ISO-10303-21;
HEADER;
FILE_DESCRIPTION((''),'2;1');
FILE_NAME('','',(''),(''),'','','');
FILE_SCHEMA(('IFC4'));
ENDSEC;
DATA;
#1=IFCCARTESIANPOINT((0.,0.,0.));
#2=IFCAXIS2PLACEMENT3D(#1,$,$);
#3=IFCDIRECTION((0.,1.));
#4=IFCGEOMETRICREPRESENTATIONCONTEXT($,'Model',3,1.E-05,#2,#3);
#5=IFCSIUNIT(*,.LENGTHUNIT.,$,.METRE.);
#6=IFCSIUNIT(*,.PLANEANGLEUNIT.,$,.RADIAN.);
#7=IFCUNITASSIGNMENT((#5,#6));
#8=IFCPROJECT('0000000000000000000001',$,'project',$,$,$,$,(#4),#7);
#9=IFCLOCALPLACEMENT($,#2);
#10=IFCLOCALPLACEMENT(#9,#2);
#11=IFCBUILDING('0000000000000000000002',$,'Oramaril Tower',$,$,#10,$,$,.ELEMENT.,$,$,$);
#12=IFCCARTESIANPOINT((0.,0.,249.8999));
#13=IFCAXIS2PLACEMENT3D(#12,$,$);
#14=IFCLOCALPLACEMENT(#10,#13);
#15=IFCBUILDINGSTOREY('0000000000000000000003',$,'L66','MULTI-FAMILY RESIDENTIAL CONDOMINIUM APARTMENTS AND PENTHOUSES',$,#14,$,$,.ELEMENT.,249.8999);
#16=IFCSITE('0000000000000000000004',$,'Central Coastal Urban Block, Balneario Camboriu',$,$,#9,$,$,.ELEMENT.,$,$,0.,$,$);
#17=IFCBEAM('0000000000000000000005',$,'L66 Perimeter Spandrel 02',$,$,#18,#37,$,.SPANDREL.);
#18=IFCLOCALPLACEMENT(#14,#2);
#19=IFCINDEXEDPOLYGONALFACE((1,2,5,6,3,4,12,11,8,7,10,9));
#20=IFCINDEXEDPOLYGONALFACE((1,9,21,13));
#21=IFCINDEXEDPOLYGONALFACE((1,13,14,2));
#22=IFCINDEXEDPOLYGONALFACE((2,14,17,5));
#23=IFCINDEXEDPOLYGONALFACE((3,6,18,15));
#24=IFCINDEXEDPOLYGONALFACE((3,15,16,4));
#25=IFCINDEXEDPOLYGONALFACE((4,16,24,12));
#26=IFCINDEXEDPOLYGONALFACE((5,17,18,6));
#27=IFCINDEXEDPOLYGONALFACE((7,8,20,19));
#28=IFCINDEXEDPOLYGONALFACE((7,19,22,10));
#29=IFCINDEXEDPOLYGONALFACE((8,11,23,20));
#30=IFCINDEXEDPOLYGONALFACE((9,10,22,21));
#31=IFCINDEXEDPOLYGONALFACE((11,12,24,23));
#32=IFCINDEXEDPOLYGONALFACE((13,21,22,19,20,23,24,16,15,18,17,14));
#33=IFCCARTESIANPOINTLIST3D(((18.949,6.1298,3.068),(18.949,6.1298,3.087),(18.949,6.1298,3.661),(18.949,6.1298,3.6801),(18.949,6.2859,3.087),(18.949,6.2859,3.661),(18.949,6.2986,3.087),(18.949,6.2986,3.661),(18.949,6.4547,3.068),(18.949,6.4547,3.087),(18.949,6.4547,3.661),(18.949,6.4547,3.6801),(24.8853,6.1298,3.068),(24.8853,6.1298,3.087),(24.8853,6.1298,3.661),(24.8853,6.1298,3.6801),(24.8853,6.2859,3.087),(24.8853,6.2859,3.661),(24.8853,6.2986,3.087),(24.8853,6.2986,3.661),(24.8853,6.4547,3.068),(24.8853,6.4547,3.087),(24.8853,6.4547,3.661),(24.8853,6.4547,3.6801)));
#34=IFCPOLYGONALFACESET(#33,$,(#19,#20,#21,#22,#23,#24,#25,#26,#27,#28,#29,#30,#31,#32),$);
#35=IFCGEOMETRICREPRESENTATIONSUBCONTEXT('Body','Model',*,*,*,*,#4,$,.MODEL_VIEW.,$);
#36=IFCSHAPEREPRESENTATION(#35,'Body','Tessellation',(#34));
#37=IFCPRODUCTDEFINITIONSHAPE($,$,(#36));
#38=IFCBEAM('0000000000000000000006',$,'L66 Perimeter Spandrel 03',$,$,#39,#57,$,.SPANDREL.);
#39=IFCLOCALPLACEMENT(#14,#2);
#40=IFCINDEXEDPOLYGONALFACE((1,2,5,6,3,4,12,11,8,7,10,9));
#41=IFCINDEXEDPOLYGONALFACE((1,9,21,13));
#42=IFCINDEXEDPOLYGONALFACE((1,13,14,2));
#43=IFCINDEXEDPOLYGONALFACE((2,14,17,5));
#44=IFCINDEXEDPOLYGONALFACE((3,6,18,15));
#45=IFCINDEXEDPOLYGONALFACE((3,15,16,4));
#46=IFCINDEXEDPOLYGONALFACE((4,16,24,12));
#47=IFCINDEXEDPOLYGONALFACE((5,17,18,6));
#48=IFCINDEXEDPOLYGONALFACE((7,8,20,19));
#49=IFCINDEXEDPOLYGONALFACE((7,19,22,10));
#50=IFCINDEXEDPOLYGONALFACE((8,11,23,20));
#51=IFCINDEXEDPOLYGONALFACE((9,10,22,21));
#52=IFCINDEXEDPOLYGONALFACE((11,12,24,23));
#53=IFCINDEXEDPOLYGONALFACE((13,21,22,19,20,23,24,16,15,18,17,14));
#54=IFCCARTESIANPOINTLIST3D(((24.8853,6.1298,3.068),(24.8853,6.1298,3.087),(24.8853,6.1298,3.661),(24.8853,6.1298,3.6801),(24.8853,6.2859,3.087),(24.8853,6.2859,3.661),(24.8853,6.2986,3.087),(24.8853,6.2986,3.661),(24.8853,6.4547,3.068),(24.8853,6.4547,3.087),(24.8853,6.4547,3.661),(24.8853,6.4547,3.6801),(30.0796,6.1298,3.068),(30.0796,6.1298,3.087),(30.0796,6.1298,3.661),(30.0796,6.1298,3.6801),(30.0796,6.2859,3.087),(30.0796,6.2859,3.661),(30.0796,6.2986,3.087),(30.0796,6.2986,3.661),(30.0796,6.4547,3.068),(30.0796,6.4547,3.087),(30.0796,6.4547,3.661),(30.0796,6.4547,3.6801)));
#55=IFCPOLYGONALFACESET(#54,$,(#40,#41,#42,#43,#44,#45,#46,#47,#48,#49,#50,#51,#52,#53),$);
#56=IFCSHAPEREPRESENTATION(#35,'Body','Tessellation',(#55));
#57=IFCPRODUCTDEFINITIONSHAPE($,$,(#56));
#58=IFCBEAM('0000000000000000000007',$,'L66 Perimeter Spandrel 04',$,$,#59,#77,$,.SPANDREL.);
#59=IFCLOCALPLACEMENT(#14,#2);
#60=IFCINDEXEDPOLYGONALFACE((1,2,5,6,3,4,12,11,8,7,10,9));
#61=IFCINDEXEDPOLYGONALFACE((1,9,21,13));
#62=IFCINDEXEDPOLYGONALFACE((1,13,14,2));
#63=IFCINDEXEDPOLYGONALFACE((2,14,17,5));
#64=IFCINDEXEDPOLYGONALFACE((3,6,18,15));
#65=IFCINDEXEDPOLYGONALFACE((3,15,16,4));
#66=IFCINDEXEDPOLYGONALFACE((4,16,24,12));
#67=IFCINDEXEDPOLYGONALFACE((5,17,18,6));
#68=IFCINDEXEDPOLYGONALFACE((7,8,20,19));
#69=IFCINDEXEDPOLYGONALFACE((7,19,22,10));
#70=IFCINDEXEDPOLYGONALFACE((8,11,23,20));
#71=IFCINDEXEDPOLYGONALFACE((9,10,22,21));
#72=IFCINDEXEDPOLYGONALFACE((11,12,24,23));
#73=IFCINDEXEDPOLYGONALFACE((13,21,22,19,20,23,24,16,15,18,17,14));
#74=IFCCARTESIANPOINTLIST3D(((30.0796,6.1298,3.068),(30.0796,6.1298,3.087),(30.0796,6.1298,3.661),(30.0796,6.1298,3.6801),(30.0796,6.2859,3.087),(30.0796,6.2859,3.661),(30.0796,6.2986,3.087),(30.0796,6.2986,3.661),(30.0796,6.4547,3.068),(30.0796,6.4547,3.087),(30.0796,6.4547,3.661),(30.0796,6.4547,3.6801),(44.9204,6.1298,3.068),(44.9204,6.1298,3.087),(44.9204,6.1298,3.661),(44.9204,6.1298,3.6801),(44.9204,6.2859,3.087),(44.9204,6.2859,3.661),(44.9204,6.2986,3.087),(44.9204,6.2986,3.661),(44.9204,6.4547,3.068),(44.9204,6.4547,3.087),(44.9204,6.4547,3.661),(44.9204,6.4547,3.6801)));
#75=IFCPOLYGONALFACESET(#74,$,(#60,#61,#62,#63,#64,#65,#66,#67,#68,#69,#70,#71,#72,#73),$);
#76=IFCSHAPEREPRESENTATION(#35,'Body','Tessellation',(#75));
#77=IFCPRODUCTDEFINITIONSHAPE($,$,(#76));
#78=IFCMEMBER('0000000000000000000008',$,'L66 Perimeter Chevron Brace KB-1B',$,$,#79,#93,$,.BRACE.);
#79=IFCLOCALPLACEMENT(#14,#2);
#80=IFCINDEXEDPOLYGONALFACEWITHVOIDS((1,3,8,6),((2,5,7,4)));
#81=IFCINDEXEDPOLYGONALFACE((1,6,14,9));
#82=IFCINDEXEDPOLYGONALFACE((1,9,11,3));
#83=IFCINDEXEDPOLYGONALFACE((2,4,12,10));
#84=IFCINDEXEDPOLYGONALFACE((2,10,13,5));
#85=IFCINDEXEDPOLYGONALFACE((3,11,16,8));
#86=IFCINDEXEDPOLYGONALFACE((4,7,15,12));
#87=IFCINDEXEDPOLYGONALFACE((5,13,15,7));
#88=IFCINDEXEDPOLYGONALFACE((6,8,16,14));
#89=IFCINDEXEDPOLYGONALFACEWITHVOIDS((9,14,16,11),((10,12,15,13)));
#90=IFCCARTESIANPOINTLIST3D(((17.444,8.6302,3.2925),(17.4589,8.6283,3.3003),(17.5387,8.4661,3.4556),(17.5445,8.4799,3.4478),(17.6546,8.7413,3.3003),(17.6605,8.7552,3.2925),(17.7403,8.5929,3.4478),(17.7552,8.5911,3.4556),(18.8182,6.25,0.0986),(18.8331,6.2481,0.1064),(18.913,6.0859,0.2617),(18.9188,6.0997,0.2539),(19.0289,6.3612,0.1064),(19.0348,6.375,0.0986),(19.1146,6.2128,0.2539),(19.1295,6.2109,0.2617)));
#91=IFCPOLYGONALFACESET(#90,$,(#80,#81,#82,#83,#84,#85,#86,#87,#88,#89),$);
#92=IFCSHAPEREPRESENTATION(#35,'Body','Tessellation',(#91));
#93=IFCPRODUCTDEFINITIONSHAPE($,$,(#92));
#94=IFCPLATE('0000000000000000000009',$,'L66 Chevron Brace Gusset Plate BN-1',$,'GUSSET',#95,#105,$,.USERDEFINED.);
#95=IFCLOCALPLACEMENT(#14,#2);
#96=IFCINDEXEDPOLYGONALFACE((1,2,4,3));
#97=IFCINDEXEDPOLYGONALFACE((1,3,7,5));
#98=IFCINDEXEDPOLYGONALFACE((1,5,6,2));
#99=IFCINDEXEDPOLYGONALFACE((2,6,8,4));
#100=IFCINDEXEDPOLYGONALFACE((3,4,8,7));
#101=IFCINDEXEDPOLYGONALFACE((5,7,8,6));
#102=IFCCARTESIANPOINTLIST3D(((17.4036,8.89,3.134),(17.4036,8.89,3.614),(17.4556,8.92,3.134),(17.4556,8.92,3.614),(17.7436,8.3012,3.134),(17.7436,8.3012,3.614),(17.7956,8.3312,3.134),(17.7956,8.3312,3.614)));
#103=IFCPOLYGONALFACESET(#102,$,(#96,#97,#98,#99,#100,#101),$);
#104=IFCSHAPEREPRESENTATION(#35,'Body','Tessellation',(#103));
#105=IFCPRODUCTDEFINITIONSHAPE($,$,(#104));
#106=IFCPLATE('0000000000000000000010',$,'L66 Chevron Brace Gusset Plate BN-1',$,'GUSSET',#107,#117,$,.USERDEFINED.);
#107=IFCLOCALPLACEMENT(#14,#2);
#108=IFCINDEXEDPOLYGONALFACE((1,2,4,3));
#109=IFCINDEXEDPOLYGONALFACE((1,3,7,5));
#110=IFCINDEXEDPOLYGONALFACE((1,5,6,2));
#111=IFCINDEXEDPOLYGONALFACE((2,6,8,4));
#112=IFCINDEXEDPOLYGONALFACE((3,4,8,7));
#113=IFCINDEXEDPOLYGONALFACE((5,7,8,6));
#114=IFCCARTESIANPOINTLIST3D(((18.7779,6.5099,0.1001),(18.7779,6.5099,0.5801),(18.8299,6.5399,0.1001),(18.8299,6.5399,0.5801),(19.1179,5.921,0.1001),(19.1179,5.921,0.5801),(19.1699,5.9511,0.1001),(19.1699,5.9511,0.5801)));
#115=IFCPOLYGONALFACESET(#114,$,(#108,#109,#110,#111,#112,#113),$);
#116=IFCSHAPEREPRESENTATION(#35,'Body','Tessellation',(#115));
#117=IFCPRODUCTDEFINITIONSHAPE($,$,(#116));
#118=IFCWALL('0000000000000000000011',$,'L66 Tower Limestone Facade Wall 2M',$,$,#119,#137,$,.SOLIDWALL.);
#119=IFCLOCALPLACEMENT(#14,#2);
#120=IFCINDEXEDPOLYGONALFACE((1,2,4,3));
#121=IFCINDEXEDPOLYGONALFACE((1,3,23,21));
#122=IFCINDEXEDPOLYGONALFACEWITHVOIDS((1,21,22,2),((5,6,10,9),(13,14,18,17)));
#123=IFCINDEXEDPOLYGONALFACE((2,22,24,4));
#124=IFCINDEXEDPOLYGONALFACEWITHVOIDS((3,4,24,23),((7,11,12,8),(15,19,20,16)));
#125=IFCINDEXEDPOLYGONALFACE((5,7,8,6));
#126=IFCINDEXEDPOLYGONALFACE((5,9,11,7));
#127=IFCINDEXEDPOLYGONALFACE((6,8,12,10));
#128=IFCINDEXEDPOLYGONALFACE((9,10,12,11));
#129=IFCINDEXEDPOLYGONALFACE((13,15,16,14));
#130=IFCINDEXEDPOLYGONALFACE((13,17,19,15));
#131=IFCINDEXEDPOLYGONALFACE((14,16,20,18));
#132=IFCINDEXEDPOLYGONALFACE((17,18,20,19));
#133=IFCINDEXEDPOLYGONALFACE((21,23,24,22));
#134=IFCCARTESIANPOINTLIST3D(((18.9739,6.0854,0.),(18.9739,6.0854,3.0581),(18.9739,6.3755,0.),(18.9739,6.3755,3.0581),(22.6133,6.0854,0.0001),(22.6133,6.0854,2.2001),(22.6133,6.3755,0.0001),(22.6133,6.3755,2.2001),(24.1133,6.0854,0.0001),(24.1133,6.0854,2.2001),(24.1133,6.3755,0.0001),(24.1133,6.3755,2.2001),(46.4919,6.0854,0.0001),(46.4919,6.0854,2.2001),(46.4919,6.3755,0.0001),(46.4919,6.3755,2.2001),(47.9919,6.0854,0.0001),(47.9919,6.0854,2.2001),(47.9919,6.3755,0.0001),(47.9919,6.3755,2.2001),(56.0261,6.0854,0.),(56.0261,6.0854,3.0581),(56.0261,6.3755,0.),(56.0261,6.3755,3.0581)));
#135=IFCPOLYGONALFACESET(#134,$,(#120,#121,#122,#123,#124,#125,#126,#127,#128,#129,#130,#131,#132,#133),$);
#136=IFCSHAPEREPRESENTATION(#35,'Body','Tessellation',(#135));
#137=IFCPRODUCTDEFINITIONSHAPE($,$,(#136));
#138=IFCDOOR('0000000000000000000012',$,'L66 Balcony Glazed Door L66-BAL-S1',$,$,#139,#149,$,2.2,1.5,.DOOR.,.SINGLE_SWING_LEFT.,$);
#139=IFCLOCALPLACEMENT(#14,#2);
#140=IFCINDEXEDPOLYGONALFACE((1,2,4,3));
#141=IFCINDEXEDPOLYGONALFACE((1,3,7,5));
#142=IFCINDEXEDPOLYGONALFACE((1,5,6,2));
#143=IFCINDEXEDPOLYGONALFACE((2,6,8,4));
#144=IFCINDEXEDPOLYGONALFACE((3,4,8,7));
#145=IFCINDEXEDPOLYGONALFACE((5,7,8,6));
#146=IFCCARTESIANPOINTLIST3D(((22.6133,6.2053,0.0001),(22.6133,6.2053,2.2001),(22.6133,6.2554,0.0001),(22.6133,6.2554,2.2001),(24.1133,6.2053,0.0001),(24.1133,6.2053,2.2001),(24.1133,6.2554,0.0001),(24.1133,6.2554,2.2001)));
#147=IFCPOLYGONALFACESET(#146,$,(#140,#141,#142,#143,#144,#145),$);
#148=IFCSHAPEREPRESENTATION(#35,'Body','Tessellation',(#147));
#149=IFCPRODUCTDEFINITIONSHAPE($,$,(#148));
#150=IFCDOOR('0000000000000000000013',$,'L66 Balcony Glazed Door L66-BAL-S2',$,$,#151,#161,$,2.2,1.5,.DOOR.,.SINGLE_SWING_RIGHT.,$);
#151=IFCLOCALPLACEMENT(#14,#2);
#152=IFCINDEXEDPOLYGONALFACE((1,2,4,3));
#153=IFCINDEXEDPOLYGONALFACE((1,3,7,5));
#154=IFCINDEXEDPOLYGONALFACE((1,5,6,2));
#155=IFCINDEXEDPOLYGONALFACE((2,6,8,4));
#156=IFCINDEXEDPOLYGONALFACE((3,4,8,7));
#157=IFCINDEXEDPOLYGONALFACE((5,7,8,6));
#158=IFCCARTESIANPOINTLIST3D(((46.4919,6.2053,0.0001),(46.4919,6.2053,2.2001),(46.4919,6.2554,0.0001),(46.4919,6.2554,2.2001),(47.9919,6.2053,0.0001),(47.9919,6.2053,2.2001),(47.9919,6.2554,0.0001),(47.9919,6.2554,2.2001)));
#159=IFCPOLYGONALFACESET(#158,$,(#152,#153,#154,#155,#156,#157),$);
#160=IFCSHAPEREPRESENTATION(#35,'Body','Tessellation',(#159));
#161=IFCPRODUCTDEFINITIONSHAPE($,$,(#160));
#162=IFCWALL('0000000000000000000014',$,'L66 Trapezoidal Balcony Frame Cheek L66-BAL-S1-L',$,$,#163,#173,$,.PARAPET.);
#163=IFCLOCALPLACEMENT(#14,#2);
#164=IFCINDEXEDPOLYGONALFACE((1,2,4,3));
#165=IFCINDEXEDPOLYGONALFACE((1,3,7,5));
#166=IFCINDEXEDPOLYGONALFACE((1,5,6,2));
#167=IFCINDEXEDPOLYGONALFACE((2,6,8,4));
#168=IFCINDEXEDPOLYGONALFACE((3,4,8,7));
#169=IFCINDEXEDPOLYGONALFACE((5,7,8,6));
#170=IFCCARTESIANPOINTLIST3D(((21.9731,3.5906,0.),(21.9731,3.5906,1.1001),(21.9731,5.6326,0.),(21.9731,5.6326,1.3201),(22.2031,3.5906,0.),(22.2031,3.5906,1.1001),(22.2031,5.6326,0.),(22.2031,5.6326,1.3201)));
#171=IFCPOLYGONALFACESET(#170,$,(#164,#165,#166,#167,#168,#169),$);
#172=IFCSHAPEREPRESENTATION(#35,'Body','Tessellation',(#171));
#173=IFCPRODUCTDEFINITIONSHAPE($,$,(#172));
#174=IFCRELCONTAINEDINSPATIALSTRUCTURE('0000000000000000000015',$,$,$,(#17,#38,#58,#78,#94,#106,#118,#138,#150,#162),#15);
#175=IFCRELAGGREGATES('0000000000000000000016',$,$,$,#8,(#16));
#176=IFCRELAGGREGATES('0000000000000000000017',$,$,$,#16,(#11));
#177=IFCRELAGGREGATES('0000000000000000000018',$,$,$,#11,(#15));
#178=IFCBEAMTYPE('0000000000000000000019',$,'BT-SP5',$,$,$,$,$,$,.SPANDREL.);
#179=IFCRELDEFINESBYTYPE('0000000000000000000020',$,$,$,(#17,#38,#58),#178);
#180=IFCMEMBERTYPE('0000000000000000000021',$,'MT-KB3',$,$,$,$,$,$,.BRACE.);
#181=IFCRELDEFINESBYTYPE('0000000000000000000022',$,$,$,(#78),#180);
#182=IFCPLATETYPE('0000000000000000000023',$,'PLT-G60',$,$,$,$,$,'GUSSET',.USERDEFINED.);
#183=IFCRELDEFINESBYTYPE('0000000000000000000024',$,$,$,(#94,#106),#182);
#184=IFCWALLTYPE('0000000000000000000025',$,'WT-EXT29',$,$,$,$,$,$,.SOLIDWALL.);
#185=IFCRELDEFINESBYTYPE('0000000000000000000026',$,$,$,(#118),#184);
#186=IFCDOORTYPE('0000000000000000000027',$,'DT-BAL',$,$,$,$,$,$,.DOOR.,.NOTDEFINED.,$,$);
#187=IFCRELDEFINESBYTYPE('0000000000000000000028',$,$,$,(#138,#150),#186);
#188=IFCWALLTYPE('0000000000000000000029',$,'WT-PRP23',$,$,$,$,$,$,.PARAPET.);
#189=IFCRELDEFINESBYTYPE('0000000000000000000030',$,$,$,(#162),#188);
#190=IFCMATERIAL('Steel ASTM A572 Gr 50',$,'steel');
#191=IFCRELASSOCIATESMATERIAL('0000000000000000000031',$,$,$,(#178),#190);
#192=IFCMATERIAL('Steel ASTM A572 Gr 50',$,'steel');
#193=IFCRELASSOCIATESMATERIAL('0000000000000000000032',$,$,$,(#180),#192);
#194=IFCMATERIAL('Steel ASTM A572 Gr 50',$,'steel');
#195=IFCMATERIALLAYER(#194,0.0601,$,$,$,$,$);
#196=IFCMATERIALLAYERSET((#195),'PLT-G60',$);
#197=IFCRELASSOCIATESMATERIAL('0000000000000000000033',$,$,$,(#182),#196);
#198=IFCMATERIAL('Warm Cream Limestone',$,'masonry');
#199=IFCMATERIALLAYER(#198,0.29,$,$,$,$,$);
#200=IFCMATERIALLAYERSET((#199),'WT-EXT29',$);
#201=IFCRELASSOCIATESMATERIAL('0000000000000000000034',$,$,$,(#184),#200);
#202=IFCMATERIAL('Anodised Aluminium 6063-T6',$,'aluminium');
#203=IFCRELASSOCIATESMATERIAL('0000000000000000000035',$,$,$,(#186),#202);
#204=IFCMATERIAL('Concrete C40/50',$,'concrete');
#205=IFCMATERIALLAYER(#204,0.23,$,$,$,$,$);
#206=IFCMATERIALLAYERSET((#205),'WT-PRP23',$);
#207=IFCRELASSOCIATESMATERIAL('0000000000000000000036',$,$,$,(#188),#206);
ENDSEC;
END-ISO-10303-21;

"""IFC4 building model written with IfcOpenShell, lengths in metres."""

from ifc_helpers import new_model, si_unit, direction, frame, frame_2d, origin, origin_2d, place, context, subcontext, project, spatial, polyline, rectangle, hollow_rectangle, i_section, outline, extrude, material, layer, layer_set, material_profile, profile_set, type_object, element, fill, save


model = new_model("IFC4")

# Units and contexts
model_context = context("Model", 3, precision=1e-05, world=origin(), true_north=direction((0.0, 1.0)))
body_context = subcontext(model_context, "Body", "Model", "MODEL_VIEW")
ifc_project = project(units=[si_unit("LENGTHUNIT", "METRE"), si_unit("PLANEANGLEUNIT", "RADIAN")], contexts=[model_context])

# Site, building, storey
site_placement = place(None, origin())
site = spatial("IfcSite", under=ifc_project, at=site_placement, Name="Central Coastal Urban Block, Balneario Camboriu", CompositionType="ELEMENT", RefElevation=0.0)
building_placement = place(site_placement, origin())
building = spatial("IfcBuilding", under=site, at=building_placement, Name="Oramaril Tower", CompositionType="ELEMENT")
storey_placement = place(building_placement, frame((0.0, 0.0, 249.8999)))
storey = spatial("IfcBuildingStorey", under=building, at=storey_placement, Name="L66", Description="MULTI-FAMILY RESIDENTIAL CONDOMINIUM APARTMENTS AND PENTHOUSES", CompositionType="ELEMENT", Elevation=249.8999)

# Beams
ifc_material_1 = material(Name="Steel ASTM A572 Gr 50", Category="steel")
ifc_material_profile_1 = material_profile(ifc_material_1, i_section(OverallWidth=0.325, OverallDepth=0.6121, WebThickness=0.0127, FlangeThickness=0.019, at=origin_2d()), Name="W24X104")
ifc_profile_set_1 = profile_set([ifc_material_profile_1], Name="Steel ASTM A572 Gr 50")
beam_type_1 = type_object("IfcBeamType", Name="BT-SP5", PredefinedType="SPANDREL", material=ifc_profile_set_1)
beam_1_placement = place(storey_placement, frame((18.949, 6.2922, 3.374), z_axis=(1.0, 0.0, 0.0), x_axis=(0.0, 1.0, 0.0)))
element("IfcBeam", 1, at=beam_1_placement, inside=storey, type_object=beam_type_1, Name="L66 Perimeter Spandrel 02", PredefinedType="SPANDREL", context=body_context, shape_type="SweptSolid", body=[
    extrude(i_section(OverallWidth=0.325, OverallDepth=0.6121, WebThickness=0.0127, FlangeThickness=0.019, at=origin_2d()), origin(), (0.0, 0.0, 1.0), 5.9363),
])
beam_2_placement = place(storey_placement, frame((24.8853, 6.2922, 3.374), z_axis=(1.0, 0.0, 0.0), x_axis=(0.0, 1.0, 0.0)))
element("IfcBeam", 2, at=beam_2_placement, inside=storey, type_object=beam_type_1, Name="L66 Perimeter Spandrel 03", PredefinedType="SPANDREL", context=body_context, shape_type="SweptSolid", body=[
    extrude(i_section(OverallWidth=0.325, OverallDepth=0.6121, WebThickness=0.0127, FlangeThickness=0.019, at=origin_2d()), origin(), (0.0, 0.0, 1.0), 5.1943),
])
beam_3_placement = place(storey_placement, frame((30.0796, 6.2922, 3.374), z_axis=(1.0, 0.0, 0.0), x_axis=(0.0, 1.0, 0.0)))
element("IfcBeam", 3, at=beam_3_placement, inside=storey, type_object=beam_type_1, Name="L66 Perimeter Spandrel 04", PredefinedType="SPANDREL", context=body_context, shape_type="SweptSolid", body=[
    extrude(i_section(OverallWidth=0.325, OverallDepth=0.6121, WebThickness=0.0127, FlangeThickness=0.019, at=origin_2d()), origin(), (0.0, 0.0, 1.0), 14.8408),
])

# Member
ifc_material_2 = material(Name="Steel ASTM A572 Gr 50", Category="steel")
ifc_material_profile_2 = material_profile(ifc_material_2, hollow_rectangle(XDim=0.25, YDim=0.25, WallThickness=0.012, at=origin_2d()), Name="HSS250X250X12")
ifc_profile_set_2 = profile_set([ifc_material_profile_2], Name="Steel ASTM A572 Gr 50")
member_type = type_object("IfcMemberType", Name="MT-KB3", PredefinedType="BRACE", material=ifc_profile_set_2)
member_placement = place(storey_placement, frame((18.9739, 6.2305, 0.1802), z_axis=(-0.326152, 0.56487, 0.757989), x_axis=(-0.86601, -0.500027, 0.0)))
element("IfcMember", 4, at=member_placement, inside=storey, type_object=member_type, Name="L66 Perimeter Chevron Brace KB-1B", PredefinedType="BRACE", context=body_context, shape_type="SweptSolid", body=[
    extrude(hollow_rectangle(XDim=0.25, YDim=0.25, WallThickness=0.012, at=origin_2d()), origin(), (0.0, 0.0, 1.0), 4.2136),
])

# Plates
ifc_material_3 = material(Name="Steel ASTM A572 Gr 50", Category="steel")
ifc_layer_1 = layer(ifc_material_3, 0.0601)
ifc_layer_set_1 = layer_set([ifc_layer_1], Name="PLT-G60")
plate_type = type_object("IfcPlateType", Name="PLT-G60", ElementType="GUSSET", PredefinedType="USERDEFINED", material=ifc_layer_set_1)
for number, where, z_axis, x_axis, name in (
    (5, (17.5996, 8.6106, 3.134), (0.0, 0.0, 1.0), (0.500002, -0.866025, 0.0), "L66 Chevron Brace Gusset Plate BN-1"),
    (6, (18.9739, 6.2305, 0.1001), (0.0, 0.0, 1.0), (0.500002, -0.866025, 0.0), "L66 Chevron Brace Gusset Plate BN-1"),
):
    element("IfcPlate", number, at=place(storey_placement, frame(where, z_axis=z_axis, x_axis=x_axis)), inside=storey, type_object=plate_type, Name=name, ObjectType="GUSSET", PredefinedType="USERDEFINED", context=body_context, shape_type="SweptSolid", body=[
        extrude(rectangle(XDim=0.6799, YDim=0.0601, at=origin_2d()), origin(), (0.0, 0.0, 1.0), 0.48),
    ])

# Wall, openings, doors
ifc_material_4 = material(Name="Warm Cream Limestone", Category="masonry")
ifc_layer_2 = layer(ifc_material_4, 0.29)
ifc_layer_set_2 = layer_set([ifc_layer_2], Name="WT-EXT29")
wall_type_1 = type_object("IfcWallType", Name="WT-EXT29", PredefinedType="SOLIDWALL", material=ifc_layer_set_2)
wall_1_placement = place(storey_placement, frame((18.9739, 6.2305, 0.0), z_axis=(0.0, 0.0, 1.0), x_axis=(1.0, 0.0, 0.0)))
wall_1 = element("IfcWall", 7, at=wall_1_placement, inside=storey, type_object=wall_type_1, Name="L66 Tower Limestone Facade Wall 2M", PredefinedType="SOLIDWALL", context=body_context, shape_type="SweptSolid", body=[
    extrude(rectangle(XDim=37.0522, YDim=0.29, at=frame_2d((18.5261, 0.0))), origin(), (0.0, 0.0, 1.0), 3.0581),
])
opening_1_placement = place(wall_1_placement, frame((3.6394, 0.0, 0.0)))
opening_1 = element("IfcOpeningElement", 8, at=opening_1_placement, cuts=wall_1, PredefinedType="OPENING", context=body_context, shape_type="SweptSolid", body=[
    extrude(rectangle(XDim=1.5, YDim=2.2, at=frame_2d((0.75, 1.1001))), frame((0.0, 0.145, 0.0), z_axis=(0.0, -1.0, 0.0), x_axis=(1.0, 0.0, 0.0)), (0.0, 0.0, 1.0), 0.29),
])
opening_2_placement = place(wall_1_placement, frame((27.5181, 0.0, 0.0)))
opening_2 = element("IfcOpeningElement", 9, at=opening_2_placement, cuts=wall_1, PredefinedType="OPENING", context=body_context, shape_type="SweptSolid", body=[
    extrude(rectangle(XDim=1.5, YDim=2.2, at=frame_2d((0.75, 1.1001))), frame((0.0, 0.145, 0.0), z_axis=(0.0, -1.0, 0.0), x_axis=(1.0, 0.0, 0.0)), (0.0, 0.0, 1.0), 0.29),
])
ifc_material_5 = material(Name="Anodised Aluminium 6063-T6", Category="aluminium")
door_type = type_object("IfcDoorType", Name="DT-BAL", OperationType="NOTDEFINED", PredefinedType="DOOR", material=ifc_material_5)
door_1_placement = place(opening_1_placement, origin())
door_1 = element("IfcDoor", 10, at=door_1_placement, inside=storey, type_object=door_type, Name="L66 Balcony Glazed Door L66-BAL-S1", OperationType="SINGLE_SWING_LEFT", OverallHeight=2.2, OverallWidth=1.5, PredefinedType="DOOR", context=body_context, shape_type="SweptSolid", body=[
    extrude(rectangle(XDim=1.5, YDim=2.2, at=frame_2d((0.75, 1.1001))), frame((0.0, 0.0249, 0.0), z_axis=(0.0, -1.0, 0.0), x_axis=(1.0, 0.0, 0.0)), (0.0, 0.0, 1.0), 0.05),
])
fill(opening_1, door_1)
door_2_placement = place(opening_2_placement, origin())
door_2 = element("IfcDoor", 11, at=door_2_placement, inside=storey, type_object=door_type, Name="L66 Balcony Glazed Door L66-BAL-S2", OperationType="SINGLE_SWING_RIGHT", OverallHeight=2.2, OverallWidth=1.5, PredefinedType="DOOR", context=body_context, shape_type="SweptSolid", body=[
    extrude(rectangle(XDim=1.5, YDim=2.2, at=frame_2d((0.75, 1.1001))), frame((0.0, 0.0249, 0.0), z_axis=(0.0, -1.0, 0.0), x_axis=(1.0, 0.0, 0.0)), (0.0, 0.0, 1.0), 0.05),
])
fill(opening_2, door_2)

# Wall
ifc_material_6 = material(Name="Concrete C40/50", Category="concrete")
ifc_layer_3 = layer(ifc_material_6, 0.23)
ifc_layer_set_3 = layer_set([ifc_layer_3], Name="WT-PRP23")
wall_type_2 = type_object("IfcWallType", Name="WT-PRP23", PredefinedType="PARAPET", material=ifc_layer_set_3)
wall_2_placement = place(storey_placement, frame((22.0881, 5.6326, 0.0), z_axis=(0.0, 0.0, 1.0), x_axis=(0.0, -1.0, 0.0)))
element("IfcWall", 12, at=wall_2_placement, inside=storey, type_object=wall_type_2, Name="L66 Trapezoidal Balcony Frame Cheek L66-BAL-S1-L", PredefinedType="PARAPET", context=body_context, shape_type="SweptSolid", body=[
    extrude(outline(polyline([(0.0, 0.0), (2.042, 0.0), (2.042, 1.1001), (0.0, 1.3201), (0.0, 0.0)])), frame((0.0, 0.115, 0.0), z_axis=(0.0, -1.0, 0.0), x_axis=(1.0, 0.0, 0.0)), (0.0, 0.0, 1.0), 0.23),
])

save(model, "model.ifc")
